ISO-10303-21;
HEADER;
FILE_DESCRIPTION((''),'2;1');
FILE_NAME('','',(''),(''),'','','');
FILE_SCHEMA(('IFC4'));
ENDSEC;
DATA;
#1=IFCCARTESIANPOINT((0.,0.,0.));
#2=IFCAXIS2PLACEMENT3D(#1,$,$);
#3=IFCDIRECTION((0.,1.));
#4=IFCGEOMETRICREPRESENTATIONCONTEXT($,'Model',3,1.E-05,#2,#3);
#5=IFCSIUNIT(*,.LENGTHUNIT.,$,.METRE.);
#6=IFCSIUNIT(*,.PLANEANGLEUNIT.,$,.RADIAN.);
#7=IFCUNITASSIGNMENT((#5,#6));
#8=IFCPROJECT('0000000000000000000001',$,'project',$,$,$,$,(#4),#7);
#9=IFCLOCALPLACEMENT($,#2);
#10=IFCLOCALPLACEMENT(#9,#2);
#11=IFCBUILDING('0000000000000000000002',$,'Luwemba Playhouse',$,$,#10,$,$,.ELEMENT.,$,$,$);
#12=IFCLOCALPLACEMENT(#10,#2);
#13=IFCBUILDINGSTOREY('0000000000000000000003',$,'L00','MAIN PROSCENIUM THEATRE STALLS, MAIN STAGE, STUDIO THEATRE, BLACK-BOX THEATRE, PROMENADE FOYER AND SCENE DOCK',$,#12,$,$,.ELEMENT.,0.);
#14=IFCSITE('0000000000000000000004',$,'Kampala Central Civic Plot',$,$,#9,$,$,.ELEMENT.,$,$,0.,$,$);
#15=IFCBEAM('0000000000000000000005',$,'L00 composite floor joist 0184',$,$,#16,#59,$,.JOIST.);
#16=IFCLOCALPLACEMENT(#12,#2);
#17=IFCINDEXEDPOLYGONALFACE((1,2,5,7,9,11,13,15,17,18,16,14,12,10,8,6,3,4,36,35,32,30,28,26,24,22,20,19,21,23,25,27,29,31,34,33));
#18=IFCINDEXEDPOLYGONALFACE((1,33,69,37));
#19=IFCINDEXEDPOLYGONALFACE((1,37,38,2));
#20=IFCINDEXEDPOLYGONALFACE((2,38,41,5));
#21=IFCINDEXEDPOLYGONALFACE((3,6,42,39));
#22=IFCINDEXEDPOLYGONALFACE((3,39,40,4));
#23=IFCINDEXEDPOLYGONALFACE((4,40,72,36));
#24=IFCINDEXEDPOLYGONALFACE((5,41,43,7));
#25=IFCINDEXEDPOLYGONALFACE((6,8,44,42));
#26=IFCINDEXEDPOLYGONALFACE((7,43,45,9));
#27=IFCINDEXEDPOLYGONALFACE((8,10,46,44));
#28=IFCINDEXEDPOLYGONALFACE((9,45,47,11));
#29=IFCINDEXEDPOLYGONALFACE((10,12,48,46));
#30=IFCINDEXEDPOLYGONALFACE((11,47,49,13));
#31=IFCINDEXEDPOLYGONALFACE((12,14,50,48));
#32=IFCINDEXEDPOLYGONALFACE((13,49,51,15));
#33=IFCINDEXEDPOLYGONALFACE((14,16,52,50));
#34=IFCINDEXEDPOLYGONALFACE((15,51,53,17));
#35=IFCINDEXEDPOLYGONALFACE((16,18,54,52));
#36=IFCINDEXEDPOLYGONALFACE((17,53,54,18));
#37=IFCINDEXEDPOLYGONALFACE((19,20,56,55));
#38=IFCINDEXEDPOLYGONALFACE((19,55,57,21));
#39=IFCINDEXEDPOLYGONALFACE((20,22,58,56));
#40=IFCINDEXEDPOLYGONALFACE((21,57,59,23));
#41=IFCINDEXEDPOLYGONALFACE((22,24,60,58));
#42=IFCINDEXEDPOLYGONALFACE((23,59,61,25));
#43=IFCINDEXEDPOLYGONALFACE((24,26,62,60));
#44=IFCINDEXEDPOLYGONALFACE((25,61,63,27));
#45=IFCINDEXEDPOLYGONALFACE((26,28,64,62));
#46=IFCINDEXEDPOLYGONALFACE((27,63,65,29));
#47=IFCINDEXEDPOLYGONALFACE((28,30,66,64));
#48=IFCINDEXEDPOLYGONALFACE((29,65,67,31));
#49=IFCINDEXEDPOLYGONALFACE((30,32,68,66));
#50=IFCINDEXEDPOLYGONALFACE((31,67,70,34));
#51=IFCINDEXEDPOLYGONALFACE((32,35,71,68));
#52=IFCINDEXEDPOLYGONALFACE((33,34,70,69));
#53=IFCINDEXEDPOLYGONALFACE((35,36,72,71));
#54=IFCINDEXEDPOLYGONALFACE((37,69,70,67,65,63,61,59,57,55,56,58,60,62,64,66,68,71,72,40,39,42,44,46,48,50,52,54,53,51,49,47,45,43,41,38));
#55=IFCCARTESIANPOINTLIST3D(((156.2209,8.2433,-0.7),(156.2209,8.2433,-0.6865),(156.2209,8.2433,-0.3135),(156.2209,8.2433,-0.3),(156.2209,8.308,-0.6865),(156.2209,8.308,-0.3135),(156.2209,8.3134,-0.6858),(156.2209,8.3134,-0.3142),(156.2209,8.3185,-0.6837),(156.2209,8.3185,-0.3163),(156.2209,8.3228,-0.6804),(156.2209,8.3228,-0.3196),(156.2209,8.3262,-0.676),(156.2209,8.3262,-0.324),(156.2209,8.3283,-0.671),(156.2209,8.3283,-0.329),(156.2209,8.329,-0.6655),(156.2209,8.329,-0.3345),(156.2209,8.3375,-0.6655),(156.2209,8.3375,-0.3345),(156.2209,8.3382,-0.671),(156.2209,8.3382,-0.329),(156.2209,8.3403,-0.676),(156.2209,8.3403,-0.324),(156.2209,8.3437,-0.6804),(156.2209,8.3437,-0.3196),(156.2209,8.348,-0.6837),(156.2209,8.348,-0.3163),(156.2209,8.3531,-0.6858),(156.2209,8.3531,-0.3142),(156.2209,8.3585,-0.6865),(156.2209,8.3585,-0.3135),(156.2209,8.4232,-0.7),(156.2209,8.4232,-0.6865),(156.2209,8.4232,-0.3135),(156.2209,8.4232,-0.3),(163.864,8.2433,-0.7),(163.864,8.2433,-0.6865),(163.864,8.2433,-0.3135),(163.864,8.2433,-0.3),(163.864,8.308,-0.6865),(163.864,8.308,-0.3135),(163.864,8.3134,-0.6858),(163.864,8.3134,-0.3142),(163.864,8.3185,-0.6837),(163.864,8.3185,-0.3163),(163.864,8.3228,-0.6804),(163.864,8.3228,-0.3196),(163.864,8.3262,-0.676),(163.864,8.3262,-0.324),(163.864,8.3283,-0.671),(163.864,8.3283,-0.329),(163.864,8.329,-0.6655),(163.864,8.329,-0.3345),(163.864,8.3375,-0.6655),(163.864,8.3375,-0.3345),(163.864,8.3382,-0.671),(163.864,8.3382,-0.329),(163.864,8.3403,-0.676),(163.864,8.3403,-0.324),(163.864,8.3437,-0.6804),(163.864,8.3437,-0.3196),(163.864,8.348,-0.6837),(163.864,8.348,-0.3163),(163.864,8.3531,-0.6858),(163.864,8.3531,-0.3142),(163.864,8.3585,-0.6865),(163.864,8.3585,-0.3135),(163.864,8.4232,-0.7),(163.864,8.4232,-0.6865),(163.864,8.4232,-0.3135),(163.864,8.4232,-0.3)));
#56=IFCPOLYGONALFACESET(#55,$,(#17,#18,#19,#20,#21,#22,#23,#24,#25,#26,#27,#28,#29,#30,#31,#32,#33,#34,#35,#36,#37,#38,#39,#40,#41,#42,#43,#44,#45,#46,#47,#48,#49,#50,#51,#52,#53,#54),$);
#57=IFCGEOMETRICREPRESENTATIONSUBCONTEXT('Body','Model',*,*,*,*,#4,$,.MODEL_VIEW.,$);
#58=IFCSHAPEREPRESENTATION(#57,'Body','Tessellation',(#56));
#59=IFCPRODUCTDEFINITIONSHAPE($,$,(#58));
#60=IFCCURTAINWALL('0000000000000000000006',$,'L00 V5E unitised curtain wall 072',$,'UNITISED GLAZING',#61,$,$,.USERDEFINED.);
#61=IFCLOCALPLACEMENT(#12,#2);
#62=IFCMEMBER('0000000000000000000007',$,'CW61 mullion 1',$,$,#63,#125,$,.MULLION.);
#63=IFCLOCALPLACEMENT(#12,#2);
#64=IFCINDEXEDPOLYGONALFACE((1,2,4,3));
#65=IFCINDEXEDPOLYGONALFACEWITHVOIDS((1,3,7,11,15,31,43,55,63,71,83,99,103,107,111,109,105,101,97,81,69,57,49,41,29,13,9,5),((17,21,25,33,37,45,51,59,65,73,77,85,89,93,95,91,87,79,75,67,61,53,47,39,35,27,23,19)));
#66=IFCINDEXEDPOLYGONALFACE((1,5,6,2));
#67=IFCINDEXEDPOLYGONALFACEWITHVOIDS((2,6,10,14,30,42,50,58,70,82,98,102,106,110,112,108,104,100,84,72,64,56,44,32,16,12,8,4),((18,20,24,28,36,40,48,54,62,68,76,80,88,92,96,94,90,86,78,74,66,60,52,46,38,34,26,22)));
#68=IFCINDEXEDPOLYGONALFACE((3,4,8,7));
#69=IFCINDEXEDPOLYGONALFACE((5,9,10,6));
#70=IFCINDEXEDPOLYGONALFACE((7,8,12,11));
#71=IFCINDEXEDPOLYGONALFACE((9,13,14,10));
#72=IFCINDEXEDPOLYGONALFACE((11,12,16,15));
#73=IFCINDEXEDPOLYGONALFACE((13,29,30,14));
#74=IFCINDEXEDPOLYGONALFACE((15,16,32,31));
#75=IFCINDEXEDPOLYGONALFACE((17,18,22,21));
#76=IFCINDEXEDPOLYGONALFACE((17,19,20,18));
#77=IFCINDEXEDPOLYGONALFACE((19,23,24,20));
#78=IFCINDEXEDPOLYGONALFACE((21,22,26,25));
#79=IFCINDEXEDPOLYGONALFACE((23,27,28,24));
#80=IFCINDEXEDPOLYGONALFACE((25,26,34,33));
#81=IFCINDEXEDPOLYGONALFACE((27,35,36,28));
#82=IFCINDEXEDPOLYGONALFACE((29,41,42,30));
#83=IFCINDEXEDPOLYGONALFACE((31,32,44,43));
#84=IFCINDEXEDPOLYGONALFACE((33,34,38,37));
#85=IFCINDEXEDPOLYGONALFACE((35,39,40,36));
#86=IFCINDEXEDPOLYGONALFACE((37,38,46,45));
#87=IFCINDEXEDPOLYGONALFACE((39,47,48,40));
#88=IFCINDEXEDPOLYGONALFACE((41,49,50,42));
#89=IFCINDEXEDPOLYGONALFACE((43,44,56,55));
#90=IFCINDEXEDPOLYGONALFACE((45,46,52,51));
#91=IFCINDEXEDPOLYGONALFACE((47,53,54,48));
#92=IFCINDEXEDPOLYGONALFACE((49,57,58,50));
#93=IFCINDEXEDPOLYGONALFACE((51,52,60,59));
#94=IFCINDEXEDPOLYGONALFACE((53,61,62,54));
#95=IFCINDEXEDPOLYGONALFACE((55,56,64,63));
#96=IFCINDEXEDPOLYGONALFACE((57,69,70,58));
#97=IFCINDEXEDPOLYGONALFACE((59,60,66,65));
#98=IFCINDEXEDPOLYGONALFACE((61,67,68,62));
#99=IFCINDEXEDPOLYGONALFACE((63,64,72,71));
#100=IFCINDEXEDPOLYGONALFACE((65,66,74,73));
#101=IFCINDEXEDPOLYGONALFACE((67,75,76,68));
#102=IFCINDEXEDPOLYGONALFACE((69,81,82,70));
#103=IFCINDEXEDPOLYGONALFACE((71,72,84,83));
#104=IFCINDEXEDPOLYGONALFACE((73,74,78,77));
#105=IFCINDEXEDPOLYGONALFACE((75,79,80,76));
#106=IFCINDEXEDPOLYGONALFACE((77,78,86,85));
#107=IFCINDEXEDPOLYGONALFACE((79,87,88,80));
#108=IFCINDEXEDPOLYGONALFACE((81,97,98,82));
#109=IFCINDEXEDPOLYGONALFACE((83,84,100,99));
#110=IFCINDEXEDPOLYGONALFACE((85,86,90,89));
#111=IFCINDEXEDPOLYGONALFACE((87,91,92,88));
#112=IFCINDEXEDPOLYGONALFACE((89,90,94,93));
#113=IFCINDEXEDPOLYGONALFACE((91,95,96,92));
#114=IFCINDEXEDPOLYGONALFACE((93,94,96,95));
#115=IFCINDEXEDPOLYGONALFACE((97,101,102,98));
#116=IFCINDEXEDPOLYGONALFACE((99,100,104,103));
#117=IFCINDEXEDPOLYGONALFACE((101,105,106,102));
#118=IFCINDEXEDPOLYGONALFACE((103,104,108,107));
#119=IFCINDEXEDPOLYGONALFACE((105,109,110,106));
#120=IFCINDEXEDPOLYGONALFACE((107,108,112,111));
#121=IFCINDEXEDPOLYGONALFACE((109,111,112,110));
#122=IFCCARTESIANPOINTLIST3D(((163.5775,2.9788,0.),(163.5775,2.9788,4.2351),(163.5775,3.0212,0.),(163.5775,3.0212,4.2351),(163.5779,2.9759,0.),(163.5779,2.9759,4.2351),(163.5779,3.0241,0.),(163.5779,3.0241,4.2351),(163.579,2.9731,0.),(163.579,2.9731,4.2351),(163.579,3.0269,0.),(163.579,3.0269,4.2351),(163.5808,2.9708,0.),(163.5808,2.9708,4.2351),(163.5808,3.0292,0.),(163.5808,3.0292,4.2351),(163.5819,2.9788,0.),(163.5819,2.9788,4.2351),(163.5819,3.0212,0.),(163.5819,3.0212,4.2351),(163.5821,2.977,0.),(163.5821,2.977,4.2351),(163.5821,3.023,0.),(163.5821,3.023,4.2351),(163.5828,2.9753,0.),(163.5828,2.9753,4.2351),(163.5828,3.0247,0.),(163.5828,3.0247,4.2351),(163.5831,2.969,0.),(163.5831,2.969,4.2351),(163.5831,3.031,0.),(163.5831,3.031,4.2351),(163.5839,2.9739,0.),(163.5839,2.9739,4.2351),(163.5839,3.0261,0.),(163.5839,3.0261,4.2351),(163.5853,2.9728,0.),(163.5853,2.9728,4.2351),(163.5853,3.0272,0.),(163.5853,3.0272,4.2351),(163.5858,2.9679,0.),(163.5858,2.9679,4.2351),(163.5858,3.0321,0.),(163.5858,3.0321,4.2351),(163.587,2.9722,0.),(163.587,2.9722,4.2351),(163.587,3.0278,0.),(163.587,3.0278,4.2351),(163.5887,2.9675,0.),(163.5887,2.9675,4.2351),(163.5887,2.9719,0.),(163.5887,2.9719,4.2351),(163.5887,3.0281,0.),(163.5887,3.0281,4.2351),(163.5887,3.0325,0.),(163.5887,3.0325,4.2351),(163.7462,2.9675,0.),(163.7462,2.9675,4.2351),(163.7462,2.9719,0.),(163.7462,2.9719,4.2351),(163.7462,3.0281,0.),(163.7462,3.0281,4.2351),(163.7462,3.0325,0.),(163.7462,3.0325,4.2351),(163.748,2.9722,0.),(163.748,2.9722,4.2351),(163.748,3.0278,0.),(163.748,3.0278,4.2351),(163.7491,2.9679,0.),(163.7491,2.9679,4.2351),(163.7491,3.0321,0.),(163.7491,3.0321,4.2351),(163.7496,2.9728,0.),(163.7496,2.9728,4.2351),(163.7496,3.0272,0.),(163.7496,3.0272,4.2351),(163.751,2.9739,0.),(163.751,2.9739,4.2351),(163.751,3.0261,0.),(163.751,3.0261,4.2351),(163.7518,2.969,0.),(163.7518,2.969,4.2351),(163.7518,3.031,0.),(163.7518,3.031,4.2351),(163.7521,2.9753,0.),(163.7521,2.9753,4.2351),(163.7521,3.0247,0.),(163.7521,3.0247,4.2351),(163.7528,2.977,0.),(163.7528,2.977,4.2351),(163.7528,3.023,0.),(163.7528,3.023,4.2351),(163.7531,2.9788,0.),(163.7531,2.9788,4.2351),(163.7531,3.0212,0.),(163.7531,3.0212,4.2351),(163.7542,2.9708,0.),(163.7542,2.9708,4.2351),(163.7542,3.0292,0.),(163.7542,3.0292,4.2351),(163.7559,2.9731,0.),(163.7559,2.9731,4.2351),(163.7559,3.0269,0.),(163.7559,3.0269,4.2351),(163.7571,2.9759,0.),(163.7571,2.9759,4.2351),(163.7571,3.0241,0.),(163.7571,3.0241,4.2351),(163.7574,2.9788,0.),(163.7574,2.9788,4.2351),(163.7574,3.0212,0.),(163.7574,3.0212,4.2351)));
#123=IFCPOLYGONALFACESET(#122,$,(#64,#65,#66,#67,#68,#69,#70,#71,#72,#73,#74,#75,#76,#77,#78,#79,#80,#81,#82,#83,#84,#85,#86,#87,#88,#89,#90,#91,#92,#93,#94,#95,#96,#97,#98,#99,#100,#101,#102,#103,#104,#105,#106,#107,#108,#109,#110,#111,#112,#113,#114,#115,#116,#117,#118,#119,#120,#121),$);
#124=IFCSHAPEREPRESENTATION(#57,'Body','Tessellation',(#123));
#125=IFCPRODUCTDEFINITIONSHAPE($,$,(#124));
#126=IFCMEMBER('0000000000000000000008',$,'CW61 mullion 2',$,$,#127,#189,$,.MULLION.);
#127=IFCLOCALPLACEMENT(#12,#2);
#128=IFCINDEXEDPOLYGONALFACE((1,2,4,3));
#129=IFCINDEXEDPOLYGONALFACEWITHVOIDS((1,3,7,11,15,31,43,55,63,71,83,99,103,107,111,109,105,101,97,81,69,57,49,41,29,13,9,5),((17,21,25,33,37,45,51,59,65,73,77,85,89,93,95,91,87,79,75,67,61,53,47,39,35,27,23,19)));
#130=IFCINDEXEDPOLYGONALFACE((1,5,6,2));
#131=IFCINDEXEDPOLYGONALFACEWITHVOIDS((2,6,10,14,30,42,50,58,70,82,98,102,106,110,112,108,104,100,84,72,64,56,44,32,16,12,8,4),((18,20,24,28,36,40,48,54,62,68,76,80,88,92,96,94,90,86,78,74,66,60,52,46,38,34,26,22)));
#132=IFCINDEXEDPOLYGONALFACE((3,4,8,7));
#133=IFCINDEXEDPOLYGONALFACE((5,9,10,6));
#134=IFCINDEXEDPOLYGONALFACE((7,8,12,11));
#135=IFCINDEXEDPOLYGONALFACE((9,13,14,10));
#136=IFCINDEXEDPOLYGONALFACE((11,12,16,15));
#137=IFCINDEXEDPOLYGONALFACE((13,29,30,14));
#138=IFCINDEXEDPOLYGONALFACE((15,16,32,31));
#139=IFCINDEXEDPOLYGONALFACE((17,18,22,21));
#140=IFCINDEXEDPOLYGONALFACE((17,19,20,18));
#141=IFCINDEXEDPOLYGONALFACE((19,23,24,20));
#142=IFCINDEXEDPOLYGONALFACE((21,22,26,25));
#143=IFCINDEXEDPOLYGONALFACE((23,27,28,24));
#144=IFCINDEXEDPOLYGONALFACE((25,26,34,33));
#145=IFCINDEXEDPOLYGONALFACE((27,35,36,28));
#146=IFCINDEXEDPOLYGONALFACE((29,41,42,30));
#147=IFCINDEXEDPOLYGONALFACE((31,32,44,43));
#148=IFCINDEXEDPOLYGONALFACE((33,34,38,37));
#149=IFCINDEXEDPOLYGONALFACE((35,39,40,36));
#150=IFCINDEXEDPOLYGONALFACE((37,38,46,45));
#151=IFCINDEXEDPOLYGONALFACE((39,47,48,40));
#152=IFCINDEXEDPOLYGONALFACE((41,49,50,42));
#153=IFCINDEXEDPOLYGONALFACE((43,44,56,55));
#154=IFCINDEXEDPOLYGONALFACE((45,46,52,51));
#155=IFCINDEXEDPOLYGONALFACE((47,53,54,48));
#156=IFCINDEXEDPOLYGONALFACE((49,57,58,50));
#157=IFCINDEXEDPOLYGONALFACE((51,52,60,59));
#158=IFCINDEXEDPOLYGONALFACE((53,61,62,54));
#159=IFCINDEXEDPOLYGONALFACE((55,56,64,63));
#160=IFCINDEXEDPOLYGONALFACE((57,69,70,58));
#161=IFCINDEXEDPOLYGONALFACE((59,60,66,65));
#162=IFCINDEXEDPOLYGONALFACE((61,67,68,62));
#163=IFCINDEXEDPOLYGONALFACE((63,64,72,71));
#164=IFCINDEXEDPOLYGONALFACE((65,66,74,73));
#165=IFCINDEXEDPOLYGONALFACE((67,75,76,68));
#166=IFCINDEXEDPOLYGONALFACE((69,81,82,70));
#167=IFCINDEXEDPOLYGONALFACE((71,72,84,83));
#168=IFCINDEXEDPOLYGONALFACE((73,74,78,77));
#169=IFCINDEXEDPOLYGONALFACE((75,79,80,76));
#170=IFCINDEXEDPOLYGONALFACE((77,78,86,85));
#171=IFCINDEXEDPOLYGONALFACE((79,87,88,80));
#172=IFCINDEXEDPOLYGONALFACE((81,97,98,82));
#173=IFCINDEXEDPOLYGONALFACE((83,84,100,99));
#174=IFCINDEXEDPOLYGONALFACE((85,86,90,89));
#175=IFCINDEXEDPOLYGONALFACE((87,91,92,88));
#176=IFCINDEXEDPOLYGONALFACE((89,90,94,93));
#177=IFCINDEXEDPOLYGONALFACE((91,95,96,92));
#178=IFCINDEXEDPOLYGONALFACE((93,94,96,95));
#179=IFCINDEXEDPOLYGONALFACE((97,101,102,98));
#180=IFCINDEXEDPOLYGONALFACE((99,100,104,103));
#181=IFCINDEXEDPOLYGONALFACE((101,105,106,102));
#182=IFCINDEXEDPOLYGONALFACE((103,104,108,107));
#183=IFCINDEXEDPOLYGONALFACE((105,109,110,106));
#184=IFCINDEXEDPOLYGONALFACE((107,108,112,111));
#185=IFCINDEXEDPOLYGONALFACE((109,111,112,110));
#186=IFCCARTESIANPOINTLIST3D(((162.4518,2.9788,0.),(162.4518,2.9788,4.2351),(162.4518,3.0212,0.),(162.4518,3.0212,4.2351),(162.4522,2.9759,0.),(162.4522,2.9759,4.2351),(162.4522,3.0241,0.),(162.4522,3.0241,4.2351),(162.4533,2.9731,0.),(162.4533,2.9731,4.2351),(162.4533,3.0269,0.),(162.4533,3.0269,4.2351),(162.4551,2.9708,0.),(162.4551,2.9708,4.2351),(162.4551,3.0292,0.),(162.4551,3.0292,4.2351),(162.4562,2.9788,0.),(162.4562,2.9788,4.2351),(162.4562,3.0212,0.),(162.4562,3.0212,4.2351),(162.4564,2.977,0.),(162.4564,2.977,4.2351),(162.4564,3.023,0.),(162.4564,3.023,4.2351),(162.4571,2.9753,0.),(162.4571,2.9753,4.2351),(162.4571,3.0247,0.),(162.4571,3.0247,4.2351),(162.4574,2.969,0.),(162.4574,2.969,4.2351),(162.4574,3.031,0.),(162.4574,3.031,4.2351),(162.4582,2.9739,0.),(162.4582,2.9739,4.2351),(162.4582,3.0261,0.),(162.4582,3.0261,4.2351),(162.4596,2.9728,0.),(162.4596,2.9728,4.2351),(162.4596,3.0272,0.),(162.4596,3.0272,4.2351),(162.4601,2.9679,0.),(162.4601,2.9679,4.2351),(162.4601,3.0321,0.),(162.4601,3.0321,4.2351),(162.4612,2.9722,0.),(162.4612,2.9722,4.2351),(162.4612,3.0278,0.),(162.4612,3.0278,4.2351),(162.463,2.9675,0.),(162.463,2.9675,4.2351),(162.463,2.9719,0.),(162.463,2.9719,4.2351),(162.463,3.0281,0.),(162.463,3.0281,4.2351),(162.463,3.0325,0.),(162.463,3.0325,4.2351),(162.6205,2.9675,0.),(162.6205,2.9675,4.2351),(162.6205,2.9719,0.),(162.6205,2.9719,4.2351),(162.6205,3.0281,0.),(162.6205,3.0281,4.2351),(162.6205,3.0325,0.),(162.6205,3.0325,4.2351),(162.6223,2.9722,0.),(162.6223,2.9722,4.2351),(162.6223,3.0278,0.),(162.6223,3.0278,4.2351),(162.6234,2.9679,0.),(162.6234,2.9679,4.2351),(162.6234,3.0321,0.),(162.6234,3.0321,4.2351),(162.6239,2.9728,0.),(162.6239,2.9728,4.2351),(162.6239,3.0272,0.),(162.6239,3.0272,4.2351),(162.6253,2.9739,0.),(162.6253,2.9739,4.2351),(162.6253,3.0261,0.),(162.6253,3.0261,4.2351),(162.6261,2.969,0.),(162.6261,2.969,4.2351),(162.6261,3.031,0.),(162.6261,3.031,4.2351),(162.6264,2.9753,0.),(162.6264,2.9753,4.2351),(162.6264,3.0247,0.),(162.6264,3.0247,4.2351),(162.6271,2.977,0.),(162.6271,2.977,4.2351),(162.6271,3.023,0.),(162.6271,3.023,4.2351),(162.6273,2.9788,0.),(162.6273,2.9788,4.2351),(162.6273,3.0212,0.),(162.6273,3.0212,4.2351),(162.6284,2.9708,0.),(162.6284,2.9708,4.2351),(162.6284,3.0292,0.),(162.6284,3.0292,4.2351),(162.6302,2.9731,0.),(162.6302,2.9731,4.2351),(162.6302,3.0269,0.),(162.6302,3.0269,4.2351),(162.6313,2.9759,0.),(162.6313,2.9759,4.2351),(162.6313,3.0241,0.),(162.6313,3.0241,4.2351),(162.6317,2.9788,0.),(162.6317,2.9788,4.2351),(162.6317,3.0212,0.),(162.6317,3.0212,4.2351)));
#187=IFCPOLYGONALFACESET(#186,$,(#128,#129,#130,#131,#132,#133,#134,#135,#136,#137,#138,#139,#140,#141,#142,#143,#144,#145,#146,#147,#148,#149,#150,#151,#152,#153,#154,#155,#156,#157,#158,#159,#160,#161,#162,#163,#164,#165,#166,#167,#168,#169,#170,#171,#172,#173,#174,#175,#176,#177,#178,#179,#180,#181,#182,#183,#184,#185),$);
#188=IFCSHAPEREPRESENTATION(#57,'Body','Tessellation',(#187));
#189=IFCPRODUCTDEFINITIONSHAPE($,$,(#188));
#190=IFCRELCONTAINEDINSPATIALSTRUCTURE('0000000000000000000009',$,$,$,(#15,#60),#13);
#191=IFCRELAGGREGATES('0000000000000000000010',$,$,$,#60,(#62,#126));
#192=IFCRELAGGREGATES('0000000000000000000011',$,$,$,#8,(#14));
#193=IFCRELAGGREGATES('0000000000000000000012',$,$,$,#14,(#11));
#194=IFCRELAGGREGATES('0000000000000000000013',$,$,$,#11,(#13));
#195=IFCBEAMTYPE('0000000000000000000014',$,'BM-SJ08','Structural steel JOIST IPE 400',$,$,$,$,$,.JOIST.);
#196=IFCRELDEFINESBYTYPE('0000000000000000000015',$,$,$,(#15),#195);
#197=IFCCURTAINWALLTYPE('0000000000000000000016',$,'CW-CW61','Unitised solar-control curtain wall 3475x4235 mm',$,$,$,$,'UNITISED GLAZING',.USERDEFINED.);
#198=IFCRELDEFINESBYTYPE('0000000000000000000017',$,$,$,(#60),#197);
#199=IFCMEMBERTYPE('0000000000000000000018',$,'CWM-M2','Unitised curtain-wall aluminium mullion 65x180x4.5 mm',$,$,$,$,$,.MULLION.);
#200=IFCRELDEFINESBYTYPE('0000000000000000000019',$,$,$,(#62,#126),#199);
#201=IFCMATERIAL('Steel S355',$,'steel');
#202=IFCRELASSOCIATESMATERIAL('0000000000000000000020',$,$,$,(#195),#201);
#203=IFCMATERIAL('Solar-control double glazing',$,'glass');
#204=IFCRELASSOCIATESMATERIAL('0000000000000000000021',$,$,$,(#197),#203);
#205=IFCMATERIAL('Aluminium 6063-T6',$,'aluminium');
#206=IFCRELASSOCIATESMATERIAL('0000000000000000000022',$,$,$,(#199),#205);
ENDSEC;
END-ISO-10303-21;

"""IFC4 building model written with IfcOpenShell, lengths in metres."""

from ifc_helpers import new_model, si_unit, direction, frame, origin, origin_2d, place, context, subcontext, project, spatial, hollow_rectangle, i_section, extrude, material, material_profile, profile_set, type_object, element, aggregate, save


model = new_model("IFC4")

# Units and contexts
model_context = context("Model", 3, precision=1e-05, world=origin(), true_north=direction((0.0, 1.0)))
body_context = subcontext(model_context, "Body", "Model", "MODEL_VIEW")
ifc_project = project(units=[si_unit("LENGTHUNIT", "METRE"), si_unit("PLANEANGLEUNIT", "RADIAN")], contexts=[model_context])

# Site, building, storey
site_placement = place(None, origin())
site = spatial("IfcSite", under=ifc_project, at=site_placement, Name="Kampala Central Civic Plot", CompositionType="ELEMENT", RefElevation=0.0)
building_placement = place(site_placement, origin())
building = spatial("IfcBuilding", under=site, at=building_placement, Name="Luwemba Playhouse", CompositionType="ELEMENT")
storey_placement = place(building_placement, origin())
storey = spatial("IfcBuildingStorey", under=building, at=storey_placement, Name="L00", Description="MAIN PROSCENIUM THEATRE STALLS, MAIN STAGE, STUDIO THEATRE, BLACK-BOX THEATRE, PROMENADE FOYER AND SCENE DOCK", CompositionType="ELEMENT", Elevation=0.0)

# Beam
ifc_material_1 = material(Name="Steel S355", Category="steel")
ifc_material_profile_1 = material_profile(ifc_material_1, i_section(OverallWidth=0.1799, OverallDepth=0.3999, WebThickness=0.0085, FlangeThickness=0.0134, FilletRadius=0.021, at=origin_2d()))
ifc_profile_set_1 = profile_set([ifc_material_profile_1], Name="Steel S355")
beam_type_1 = type_object("IfcBeamType", Name="BM-SJ08", Description="Structural steel JOIST IPE 400", PredefinedType="JOIST", material=ifc_profile_set_1)
beam_1_placement = place(storey_placement, frame((156.2209, 8.3333, -0.5), z_axis=(1.0, 0.0, 0.0), x_axis=(0.0, 1.0, 0.0)))
element("IfcBeam", 1, at=beam_1_placement, inside=storey, type_object=beam_type_1, Name="L00 composite floor joist 0184", PredefinedType="JOIST", context=body_context, shape_type="SweptSolid", body=[
    extrude(i_section(OverallWidth=0.1799, OverallDepth=0.3999, WebThickness=0.0085, FlangeThickness=0.0134, FilletRadius=0.021, at=origin_2d()), origin(), (0.0, 0.0, 1.0), 7.6431),
])

# Curtain wall, members
ifc_material_2 = material(Name="Solar-control double glazing", Category="glass")
curtain_wall_type = type_object("IfcCurtainWallType", Name="CW-CW61", Description="Unitised solar-control curtain wall 3475x4235 mm", ElementType="UNITISED GLAZING", PredefinedType="USERDEFINED", material=ifc_material_2)
curtain_wall_placement = place(storey_placement, origin())
curtain_wall = element("IfcCurtainWall", 2, at=curtain_wall_placement, inside=storey, type_object=curtain_wall_type, Name="L00 V5E unitised curtain wall 072", ObjectType="UNITISED GLAZING", PredefinedType="USERDEFINED")
ifc_material_3 = material(Name="Aluminium 6063-T6", Category="aluminium")
ifc_material_profile_2 = material_profile(ifc_material_3, hollow_rectangle(XDim=0.0649, YDim=0.1799, WallThickness=0.0044, InnerFilletRadius=0.0068, OuterFilletRadius=0.0112, at=origin_2d()))
ifc_profile_set_2 = profile_set([ifc_material_profile_2], Name="Aluminium 6063-T6")
member_type_1 = type_object("IfcMemberType", Name="CWM-M2", Description="Unitised curtain-wall aluminium mullion 65x180x4.5 mm", PredefinedType="MULLION", material=ifc_profile_set_2)
member_1_placement = place(storey_placement, frame((163.6675, 3.0, 0.0), z_axis=(0.0, 0.0, 1.0), x_axis=(0.0, -1.0, 0.0)))
member_1 = element("IfcMember", 3, at=member_1_placement, type_object=member_type_1, Name="CW61 mullion 1", PredefinedType="MULLION", context=body_context, shape_type="SweptSolid", body=[
    extrude(hollow_rectangle(XDim=0.0649, YDim=0.1799, WallThickness=0.0044, InnerFilletRadius=0.0068, OuterFilletRadius=0.0112, at=origin_2d()), origin(), (0.0, 0.0, 1.0), 4.2351),
])
member_2_placement = place(storey_placement, frame((162.5417, 3.0, 0.0), z_axis=(0.0, 0.0, 1.0), x_axis=(0.0, -1.0, 0.0)))
member_2 = element("IfcMember", 4, at=member_2_placement, type_object=member_type_1, Name="CW61 mullion 2", PredefinedType="MULLION", context=body_context, shape_type="SweptSolid", body=[
    extrude(hollow_rectangle(XDim=0.0649, YDim=0.1799, WallThickness=0.0044, InnerFilletRadius=0.0068, OuterFilletRadius=0.0112, at=origin_2d()), origin(), (0.0, 0.0, 1.0), 4.2351),
])
aggregate(curtain_wall, [member_1, member_2])

save(model, "model.ifc")
